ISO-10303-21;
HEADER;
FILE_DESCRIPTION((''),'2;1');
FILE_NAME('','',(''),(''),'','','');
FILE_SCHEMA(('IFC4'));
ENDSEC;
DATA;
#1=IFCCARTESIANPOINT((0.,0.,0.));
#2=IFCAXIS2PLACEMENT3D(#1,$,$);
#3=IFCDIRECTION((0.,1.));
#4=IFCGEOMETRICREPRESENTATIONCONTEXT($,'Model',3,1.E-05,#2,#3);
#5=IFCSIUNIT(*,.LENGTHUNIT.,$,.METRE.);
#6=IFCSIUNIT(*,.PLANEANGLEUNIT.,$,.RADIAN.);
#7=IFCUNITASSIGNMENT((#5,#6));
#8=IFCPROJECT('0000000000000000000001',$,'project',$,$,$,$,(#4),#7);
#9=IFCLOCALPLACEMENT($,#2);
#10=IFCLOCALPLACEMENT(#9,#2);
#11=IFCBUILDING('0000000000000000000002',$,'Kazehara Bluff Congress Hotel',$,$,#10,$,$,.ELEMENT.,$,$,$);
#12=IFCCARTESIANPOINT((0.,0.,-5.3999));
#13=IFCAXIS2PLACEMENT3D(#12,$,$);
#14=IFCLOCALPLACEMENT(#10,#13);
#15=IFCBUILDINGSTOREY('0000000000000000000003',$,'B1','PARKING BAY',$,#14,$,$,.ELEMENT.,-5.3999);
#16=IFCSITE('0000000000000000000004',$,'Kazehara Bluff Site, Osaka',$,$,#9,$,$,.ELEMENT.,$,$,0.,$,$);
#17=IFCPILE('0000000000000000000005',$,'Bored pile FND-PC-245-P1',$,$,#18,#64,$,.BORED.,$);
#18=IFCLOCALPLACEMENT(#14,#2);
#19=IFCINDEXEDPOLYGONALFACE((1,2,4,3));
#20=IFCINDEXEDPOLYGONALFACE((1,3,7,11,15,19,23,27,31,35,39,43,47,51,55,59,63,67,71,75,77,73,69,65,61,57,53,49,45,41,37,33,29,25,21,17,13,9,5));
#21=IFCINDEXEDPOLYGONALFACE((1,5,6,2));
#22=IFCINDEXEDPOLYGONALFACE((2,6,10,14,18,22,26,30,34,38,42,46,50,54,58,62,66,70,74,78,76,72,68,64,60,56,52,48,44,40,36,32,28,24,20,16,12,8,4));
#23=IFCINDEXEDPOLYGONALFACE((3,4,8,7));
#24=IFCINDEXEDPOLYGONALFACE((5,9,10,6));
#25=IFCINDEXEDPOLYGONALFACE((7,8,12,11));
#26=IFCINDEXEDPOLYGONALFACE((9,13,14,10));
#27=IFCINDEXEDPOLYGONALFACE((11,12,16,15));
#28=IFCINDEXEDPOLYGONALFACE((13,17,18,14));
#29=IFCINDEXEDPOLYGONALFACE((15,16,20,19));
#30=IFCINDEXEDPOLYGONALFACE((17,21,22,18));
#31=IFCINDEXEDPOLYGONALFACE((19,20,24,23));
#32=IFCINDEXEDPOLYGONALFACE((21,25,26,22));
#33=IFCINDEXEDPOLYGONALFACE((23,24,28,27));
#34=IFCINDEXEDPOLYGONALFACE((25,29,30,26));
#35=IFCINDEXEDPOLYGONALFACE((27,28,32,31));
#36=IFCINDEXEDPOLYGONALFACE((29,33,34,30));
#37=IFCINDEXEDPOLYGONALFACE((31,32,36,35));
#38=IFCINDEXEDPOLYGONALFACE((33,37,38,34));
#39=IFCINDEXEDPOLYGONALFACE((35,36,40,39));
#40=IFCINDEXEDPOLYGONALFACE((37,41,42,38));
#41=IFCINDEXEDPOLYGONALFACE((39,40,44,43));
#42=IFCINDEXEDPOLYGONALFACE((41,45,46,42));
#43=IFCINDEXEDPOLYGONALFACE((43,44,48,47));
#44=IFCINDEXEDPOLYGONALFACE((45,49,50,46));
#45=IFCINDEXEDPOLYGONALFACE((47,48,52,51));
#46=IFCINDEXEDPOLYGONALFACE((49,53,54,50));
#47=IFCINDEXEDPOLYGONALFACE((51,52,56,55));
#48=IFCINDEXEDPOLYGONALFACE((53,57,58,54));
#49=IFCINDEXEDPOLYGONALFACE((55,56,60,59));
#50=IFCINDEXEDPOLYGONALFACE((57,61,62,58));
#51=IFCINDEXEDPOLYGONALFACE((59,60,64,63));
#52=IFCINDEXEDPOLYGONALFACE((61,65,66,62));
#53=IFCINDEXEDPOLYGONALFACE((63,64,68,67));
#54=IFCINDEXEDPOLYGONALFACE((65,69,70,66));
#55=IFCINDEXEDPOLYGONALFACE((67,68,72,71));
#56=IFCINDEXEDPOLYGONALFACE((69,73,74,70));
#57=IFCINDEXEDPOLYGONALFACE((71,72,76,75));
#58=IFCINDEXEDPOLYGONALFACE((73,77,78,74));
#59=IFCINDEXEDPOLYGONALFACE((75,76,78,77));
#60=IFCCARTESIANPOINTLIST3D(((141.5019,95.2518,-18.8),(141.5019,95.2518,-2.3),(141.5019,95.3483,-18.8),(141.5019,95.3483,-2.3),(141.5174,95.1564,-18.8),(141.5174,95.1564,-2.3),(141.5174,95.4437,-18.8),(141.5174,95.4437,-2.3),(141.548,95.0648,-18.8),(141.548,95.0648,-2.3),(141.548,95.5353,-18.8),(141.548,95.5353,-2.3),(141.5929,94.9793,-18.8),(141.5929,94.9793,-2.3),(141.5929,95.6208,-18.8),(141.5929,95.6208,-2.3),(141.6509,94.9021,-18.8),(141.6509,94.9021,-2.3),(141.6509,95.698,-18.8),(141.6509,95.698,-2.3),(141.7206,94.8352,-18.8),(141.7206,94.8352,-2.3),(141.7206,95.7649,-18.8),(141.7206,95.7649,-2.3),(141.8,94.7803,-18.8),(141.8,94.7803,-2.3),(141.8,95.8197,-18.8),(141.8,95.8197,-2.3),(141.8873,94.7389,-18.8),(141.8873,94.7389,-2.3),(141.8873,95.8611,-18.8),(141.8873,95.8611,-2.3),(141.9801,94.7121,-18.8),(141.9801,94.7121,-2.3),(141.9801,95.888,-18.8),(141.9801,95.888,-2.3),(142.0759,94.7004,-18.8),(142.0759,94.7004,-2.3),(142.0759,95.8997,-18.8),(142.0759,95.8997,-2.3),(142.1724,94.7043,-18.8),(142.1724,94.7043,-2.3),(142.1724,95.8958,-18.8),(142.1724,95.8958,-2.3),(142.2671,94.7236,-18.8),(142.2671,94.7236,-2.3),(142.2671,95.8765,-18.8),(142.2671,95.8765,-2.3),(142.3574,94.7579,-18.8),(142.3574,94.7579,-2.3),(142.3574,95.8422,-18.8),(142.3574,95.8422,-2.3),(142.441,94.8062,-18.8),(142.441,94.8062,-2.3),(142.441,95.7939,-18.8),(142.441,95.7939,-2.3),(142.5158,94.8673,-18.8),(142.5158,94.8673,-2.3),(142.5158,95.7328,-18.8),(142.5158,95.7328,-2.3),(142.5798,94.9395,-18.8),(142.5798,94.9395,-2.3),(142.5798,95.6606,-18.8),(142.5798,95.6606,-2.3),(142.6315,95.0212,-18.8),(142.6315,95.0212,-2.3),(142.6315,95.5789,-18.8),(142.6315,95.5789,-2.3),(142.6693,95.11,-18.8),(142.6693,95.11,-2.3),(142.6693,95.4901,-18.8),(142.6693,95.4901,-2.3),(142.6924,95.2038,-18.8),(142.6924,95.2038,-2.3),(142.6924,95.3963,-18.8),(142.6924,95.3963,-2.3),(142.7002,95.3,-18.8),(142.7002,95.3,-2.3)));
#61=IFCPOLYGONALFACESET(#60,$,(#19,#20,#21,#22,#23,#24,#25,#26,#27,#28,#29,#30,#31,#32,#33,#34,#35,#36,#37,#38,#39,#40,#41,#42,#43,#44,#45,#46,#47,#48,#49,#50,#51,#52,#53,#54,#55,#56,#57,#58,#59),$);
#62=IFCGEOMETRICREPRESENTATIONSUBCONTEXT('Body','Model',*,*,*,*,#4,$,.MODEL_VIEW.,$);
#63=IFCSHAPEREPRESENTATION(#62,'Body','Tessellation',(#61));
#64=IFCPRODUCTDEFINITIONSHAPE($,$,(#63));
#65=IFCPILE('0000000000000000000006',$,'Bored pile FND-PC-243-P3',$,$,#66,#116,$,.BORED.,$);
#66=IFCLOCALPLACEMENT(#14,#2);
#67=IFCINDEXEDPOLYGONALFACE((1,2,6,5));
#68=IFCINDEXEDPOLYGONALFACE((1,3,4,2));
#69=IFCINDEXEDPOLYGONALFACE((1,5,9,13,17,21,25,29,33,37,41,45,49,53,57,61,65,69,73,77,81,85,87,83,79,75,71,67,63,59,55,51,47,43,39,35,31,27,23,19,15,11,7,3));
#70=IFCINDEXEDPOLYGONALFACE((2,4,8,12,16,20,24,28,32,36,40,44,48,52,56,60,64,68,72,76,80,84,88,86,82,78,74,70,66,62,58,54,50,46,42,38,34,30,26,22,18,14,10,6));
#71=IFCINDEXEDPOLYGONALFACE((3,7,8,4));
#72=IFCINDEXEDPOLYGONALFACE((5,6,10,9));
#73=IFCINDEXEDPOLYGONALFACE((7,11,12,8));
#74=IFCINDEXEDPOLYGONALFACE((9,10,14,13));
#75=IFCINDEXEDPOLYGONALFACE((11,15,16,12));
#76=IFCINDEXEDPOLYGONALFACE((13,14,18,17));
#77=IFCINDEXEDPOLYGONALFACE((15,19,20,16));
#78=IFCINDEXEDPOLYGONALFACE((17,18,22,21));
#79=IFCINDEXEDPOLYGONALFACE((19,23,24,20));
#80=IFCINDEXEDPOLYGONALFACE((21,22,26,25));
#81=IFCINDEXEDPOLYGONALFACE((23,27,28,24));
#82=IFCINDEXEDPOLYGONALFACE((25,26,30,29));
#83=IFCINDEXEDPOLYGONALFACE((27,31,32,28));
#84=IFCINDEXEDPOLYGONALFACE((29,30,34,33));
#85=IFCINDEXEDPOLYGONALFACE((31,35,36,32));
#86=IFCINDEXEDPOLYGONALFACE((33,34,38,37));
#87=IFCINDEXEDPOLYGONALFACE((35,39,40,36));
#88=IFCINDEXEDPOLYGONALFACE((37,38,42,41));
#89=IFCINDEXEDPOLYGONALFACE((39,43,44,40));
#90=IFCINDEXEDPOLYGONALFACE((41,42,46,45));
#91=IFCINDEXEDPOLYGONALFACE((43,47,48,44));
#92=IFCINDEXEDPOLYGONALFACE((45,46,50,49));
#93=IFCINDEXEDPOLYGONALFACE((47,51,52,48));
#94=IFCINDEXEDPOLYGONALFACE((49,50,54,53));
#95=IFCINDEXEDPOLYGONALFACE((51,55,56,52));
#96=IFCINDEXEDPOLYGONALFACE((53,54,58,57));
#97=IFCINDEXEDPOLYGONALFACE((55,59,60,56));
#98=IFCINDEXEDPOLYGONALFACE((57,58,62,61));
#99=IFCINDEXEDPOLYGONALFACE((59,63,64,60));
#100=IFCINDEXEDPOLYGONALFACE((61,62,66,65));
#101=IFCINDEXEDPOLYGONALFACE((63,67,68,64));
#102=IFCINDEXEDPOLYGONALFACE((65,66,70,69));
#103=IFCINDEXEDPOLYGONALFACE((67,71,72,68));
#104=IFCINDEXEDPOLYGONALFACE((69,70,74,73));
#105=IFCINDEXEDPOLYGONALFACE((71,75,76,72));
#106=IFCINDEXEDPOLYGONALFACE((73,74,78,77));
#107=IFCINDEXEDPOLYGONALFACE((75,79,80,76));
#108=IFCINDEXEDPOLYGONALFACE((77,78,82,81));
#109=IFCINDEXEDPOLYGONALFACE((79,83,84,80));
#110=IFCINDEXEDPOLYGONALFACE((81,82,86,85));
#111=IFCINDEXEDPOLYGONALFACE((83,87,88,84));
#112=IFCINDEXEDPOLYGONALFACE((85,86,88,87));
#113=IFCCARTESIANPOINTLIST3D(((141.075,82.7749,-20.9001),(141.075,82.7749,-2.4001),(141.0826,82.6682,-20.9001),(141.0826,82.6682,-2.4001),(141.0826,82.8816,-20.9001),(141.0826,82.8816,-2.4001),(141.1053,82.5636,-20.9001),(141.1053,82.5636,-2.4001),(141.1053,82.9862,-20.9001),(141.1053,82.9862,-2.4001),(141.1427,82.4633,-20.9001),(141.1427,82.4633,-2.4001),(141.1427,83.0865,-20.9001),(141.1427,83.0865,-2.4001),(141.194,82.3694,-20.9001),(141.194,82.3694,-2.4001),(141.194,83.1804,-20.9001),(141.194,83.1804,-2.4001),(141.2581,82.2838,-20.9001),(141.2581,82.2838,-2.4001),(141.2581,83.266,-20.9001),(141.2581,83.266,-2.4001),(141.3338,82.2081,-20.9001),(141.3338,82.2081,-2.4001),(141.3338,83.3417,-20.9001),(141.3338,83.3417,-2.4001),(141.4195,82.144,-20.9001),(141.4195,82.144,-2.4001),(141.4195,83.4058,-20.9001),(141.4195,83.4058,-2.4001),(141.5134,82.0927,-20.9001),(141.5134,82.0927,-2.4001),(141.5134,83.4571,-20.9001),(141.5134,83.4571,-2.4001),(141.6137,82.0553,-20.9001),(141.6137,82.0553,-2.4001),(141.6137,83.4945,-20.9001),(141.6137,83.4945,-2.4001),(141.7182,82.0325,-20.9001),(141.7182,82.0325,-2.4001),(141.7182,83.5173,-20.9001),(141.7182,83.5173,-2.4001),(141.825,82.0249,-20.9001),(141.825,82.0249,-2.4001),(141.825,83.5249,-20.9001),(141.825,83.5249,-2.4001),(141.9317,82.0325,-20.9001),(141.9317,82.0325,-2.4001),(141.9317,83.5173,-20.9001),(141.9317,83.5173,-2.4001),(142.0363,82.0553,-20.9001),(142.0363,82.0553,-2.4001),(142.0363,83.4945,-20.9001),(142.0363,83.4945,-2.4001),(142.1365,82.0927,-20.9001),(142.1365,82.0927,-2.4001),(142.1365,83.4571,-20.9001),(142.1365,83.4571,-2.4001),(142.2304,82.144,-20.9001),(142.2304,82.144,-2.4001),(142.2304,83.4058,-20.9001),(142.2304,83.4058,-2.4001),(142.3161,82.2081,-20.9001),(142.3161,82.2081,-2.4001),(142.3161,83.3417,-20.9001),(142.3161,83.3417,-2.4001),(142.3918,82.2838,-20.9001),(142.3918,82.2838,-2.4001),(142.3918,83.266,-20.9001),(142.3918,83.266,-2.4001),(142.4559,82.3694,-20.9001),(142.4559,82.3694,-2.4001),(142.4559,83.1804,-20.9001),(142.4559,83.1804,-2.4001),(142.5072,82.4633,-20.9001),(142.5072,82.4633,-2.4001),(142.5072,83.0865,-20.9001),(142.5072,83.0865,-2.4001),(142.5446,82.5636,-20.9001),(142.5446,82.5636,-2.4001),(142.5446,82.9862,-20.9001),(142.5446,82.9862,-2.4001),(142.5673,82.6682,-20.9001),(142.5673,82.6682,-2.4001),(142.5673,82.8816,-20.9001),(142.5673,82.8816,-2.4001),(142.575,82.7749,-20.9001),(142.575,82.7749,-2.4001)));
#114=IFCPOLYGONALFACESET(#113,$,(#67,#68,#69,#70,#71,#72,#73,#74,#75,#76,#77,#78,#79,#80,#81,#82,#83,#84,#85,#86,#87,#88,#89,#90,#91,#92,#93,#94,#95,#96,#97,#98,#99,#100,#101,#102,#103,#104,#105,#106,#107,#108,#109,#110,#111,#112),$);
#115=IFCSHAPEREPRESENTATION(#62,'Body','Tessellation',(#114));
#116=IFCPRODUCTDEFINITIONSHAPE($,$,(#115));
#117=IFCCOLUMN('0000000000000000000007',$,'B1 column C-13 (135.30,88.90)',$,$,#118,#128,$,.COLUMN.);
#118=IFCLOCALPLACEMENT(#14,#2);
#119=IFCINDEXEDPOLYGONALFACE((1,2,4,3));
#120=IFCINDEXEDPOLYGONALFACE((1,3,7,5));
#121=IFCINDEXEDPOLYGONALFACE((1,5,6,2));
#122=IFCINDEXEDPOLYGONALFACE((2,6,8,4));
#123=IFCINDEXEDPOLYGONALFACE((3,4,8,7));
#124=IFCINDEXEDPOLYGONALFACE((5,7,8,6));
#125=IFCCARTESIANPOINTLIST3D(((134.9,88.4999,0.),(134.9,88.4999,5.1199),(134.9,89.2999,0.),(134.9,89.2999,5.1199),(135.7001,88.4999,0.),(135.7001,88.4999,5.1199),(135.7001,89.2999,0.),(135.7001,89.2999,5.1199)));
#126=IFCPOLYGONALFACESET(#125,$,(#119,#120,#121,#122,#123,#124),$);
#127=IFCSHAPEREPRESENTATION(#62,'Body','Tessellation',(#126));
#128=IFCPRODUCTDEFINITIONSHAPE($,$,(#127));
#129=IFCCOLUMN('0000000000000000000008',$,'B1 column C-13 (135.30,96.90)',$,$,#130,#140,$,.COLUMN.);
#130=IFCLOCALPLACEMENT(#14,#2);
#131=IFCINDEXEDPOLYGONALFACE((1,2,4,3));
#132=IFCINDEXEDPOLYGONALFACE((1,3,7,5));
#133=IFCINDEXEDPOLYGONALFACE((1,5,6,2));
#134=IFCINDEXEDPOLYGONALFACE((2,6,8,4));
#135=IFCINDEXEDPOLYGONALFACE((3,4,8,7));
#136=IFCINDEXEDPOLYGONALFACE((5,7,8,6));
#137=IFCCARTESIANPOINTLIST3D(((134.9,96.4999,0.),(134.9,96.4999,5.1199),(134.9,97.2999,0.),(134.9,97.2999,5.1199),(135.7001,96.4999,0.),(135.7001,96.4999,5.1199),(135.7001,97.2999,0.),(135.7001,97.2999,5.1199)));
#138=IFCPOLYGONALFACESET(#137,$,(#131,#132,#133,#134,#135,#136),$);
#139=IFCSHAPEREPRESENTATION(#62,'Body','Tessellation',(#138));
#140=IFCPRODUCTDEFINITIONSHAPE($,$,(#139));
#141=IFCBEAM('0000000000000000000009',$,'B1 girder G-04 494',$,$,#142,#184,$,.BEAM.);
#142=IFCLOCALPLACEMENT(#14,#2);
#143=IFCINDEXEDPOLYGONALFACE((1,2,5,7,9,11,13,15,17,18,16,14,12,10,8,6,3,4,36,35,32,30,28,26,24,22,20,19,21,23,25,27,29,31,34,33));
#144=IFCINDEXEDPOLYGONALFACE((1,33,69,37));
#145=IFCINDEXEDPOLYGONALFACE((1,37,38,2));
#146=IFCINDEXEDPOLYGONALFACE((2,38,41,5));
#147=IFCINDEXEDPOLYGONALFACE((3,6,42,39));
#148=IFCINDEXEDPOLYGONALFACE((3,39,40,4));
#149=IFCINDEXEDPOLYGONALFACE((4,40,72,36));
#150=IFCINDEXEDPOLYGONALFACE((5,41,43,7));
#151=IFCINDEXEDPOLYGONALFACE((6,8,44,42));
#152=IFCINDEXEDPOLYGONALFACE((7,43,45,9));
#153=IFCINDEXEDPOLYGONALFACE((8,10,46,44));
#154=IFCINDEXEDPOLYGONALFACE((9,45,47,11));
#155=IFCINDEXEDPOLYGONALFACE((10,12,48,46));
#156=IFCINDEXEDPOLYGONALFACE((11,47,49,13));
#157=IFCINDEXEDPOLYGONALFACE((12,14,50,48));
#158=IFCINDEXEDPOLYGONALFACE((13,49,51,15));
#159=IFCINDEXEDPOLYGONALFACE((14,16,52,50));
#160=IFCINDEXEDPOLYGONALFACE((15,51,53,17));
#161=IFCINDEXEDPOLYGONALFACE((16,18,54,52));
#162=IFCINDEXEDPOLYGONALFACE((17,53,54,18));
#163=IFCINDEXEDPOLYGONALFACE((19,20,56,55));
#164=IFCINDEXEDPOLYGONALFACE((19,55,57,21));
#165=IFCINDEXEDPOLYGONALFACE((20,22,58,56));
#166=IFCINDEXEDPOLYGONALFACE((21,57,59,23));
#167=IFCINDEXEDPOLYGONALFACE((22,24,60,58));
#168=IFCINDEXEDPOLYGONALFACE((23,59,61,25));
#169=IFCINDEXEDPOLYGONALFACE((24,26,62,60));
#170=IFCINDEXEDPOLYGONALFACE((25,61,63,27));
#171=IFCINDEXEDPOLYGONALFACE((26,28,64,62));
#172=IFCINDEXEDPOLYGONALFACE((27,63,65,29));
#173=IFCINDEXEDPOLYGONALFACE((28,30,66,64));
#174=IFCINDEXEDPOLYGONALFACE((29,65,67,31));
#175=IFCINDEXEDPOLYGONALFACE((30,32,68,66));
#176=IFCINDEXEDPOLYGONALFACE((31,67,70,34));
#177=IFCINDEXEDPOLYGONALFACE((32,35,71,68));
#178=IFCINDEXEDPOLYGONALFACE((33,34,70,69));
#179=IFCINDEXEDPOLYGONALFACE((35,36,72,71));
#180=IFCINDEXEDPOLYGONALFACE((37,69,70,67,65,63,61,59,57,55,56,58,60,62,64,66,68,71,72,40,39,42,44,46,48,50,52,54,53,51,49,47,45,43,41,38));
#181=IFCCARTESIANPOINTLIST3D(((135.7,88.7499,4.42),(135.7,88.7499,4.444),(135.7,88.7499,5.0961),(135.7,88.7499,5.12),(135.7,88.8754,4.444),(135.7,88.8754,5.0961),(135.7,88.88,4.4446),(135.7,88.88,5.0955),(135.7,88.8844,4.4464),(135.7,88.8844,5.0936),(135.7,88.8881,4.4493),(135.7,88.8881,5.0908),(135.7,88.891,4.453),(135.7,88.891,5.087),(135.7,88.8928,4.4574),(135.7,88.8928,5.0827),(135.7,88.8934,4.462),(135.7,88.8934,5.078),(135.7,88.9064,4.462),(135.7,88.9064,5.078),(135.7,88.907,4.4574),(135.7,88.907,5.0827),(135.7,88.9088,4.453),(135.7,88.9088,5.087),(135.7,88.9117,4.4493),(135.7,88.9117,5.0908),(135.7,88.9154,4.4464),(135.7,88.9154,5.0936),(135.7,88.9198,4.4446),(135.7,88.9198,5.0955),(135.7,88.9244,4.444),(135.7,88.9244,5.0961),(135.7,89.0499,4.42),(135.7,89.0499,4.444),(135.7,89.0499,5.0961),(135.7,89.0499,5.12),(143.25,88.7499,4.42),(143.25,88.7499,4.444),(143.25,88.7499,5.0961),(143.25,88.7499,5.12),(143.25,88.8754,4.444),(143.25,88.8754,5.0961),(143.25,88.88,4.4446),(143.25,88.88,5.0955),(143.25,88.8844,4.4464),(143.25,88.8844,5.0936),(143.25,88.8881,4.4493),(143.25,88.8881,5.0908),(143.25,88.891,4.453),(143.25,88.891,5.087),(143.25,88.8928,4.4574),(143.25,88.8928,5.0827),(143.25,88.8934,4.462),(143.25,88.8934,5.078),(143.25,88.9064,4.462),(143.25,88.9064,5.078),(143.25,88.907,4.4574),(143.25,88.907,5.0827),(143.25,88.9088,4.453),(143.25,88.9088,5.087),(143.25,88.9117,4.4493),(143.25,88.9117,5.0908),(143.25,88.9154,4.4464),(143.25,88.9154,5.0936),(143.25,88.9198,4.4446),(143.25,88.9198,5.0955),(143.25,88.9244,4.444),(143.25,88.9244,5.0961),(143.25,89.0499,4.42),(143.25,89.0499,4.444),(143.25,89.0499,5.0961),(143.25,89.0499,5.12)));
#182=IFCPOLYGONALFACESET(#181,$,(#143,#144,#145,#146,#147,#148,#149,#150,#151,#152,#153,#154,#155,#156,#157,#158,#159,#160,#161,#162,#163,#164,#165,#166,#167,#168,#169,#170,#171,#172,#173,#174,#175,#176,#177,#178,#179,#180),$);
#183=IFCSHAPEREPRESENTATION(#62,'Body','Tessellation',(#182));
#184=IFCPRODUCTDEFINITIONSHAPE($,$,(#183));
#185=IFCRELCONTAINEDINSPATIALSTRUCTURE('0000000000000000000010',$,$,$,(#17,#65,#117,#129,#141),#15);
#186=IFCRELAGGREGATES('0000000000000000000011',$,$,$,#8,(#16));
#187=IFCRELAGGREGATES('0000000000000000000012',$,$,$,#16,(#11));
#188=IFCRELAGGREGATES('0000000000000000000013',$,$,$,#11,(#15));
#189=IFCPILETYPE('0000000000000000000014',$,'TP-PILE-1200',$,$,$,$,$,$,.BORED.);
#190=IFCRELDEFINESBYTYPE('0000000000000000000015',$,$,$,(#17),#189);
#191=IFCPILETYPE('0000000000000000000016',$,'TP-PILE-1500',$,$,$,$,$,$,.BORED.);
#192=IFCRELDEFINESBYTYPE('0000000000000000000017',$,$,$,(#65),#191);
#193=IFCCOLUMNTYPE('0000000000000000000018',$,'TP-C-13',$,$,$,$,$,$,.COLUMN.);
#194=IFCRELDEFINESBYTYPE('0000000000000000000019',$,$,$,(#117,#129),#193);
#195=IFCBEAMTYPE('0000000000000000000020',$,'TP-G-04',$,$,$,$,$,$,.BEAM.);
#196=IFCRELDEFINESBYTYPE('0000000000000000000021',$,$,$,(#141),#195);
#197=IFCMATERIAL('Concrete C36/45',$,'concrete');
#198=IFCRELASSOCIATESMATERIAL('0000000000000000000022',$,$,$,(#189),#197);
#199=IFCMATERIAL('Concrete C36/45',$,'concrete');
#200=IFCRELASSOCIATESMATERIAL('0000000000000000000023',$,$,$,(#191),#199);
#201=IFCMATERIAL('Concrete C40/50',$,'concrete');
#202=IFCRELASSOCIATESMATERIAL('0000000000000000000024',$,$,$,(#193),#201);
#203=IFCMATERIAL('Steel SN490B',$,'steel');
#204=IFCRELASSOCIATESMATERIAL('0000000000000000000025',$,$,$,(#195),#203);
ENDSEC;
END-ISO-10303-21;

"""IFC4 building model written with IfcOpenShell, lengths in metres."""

from ifc_helpers import new_model, si_unit, direction, frame, origin, origin_2d, place, context, subcontext, project, spatial, rectangle, circle, i_section, extrude, material, material_profile, profile_set, type_object, element, save


model = new_model("IFC4")

# Units and contexts
model_context = context("Model", 3, precision=1e-05, world=origin(), true_north=direction((0.0, 1.0)))
body_context = subcontext(model_context, "Body", "Model", "MODEL_VIEW")
ifc_project = project(units=[si_unit("LENGTHUNIT", "METRE"), si_unit("PLANEANGLEUNIT", "RADIAN")], contexts=[model_context])

# Site, building, storey
site_placement = place(None, origin())
site = spatial("IfcSite", under=ifc_project, at=site_placement, Name="Kazehara Bluff Site, Osaka", CompositionType="ELEMENT", RefElevation=0.0)
building_placement = place(site_placement, origin())
building = spatial("IfcBuilding", under=site, at=building_placement, Name="Kazehara Bluff Congress Hotel", CompositionType="ELEMENT")
storey_placement = place(building_placement, frame((0.0, 0.0, -5.3999)))
storey = spatial("IfcBuildingStorey", under=building, at=storey_placement, Name="B1", Description="PARKING BAY", CompositionType="ELEMENT", Elevation=-5.3999)

# Piles
ifc_material_1 = material(Name="Concrete C36/45", Category="concrete")
ifc_material_profile_1 = material_profile(ifc_material_1, circle(Radius=0.6001, at=origin_2d()))
ifc_profile_set_1 = profile_set([ifc_material_profile_1], Name="Concrete C36/45")
pile_type_1 = type_object("IfcPileType", Name="TP-PILE-1200", PredefinedType="BORED", material=ifc_profile_set_1)
for number, where, z_axis, x_axis, name in (
    (1, (142.1001, 95.3, -2.3), (0.0, 0.0, -1.0), (1.0, 0.0, 0.0), "Bored pile FND-PC-245-P1"),
):
    element("IfcPile", number, at=place(storey_placement, frame(where, z_axis=z_axis, x_axis=x_axis)), inside=storey, type_object=pile_type_1, Name=name, PredefinedType="BORED", context=body_context, shape_type="SweptSolid", body=[
        extrude(circle(Radius=0.6001, at=origin_2d()), origin(), (0.0, 0.0, 1.0), 16.5),
    ])
ifc_material_2 = material(Name="Concrete C36/45", Category="concrete")
ifc_material_profile_2 = material_profile(ifc_material_2, circle(Radius=0.75, at=origin_2d()))
ifc_profile_set_2 = profile_set([ifc_material_profile_2], Name="Concrete C36/45")
pile_type_2 = type_object("IfcPileType", Name="TP-PILE-1500", PredefinedType="BORED", material=ifc_profile_set_2)
pile_placement = place(storey_placement, frame((141.825, 82.7749, -2.4001), z_axis=(0.0, 0.0, -1.0), x_axis=(1.0, 0.0, 0.0)))
element("IfcPile", 2, at=pile_placement, inside=storey, type_object=pile_type_2, Name="Bored pile FND-PC-243-P3", PredefinedType="BORED", context=body_context, shape_type="SweptSolid", body=[
    extrude(circle(Radius=0.75, at=origin_2d()), origin(), (0.0, 0.0, 1.0), 18.5),
])

# Columns
ifc_material_3 = material(Name="Concrete C40/50", Category="concrete")
ifc_material_profile_3 = material_profile(ifc_material_3, rectangle(XDim=0.8, YDim=0.8, at=origin_2d()))
ifc_profile_set_3 = profile_set([ifc_material_profile_3], Name="Concrete C40/50")
column_type = type_object("IfcColumnType", Name="TP-C-13", PredefinedType="COLUMN", material=ifc_profile_set_3)
for number, where, z_axis, x_axis, name in (
    (3, (135.3, 88.8999, 0.0), (0.0, 0.0, 1.0), (1.0, 0.0, 0.0), "B1 column C-13 (135.30,88.90)"),
    (4, (135.3, 96.8999, 0.0), (0.0, 0.0, 1.0), (1.0, 0.0, 0.0), "B1 column C-13 (135.30,96.90)"),
):
    element("IfcColumn", number, at=place(storey_placement, frame(where, z_axis=z_axis, x_axis=x_axis)), inside=storey, type_object=column_type, Name=name, PredefinedType="COLUMN", context=body_context, shape_type="SweptSolid", body=[
        extrude(rectangle(XDim=0.8, YDim=0.8, at=origin_2d()), origin(), (0.0, 0.0, 1.0), 5.1199),
    ])

# Beam
ifc_material_4 = material(Name="Steel SN490B", Category="steel")
ifc_material_profile_4 = material_profile(ifc_material_4, i_section(OverallWidth=0.3, OverallDepth=0.7, WebThickness=0.0129, FlangeThickness=0.0239, FilletRadius=0.0181, at=origin_2d()))
ifc_profile_set_4 = profile_set([ifc_material_profile_4], Name="Steel SN490B")
beam_type_1 = type_object("IfcBeamType", Name="TP-G-04", PredefinedType="BEAM", material=ifc_profile_set_4)
beam_1_placement = place(storey_placement, frame((135.7, 88.8999, 4.77), z_axis=(1.0, 0.0, 0.0), x_axis=(0.0, 1.0, 0.0)))
element("IfcBeam", 5, at=beam_1_placement, inside=storey, type_object=beam_type_1, Name="B1 girder G-04 494", PredefinedType="BEAM", context=body_context, shape_type="SweptSolid", body=[
    extrude(i_section(OverallWidth=0.3, OverallDepth=0.7, WebThickness=0.0129, FlangeThickness=0.0239, FilletRadius=0.0181, at=origin_2d()), origin(), (0.0, 0.0, 1.0), 7.55),
])

save(model, "model.ifc")
